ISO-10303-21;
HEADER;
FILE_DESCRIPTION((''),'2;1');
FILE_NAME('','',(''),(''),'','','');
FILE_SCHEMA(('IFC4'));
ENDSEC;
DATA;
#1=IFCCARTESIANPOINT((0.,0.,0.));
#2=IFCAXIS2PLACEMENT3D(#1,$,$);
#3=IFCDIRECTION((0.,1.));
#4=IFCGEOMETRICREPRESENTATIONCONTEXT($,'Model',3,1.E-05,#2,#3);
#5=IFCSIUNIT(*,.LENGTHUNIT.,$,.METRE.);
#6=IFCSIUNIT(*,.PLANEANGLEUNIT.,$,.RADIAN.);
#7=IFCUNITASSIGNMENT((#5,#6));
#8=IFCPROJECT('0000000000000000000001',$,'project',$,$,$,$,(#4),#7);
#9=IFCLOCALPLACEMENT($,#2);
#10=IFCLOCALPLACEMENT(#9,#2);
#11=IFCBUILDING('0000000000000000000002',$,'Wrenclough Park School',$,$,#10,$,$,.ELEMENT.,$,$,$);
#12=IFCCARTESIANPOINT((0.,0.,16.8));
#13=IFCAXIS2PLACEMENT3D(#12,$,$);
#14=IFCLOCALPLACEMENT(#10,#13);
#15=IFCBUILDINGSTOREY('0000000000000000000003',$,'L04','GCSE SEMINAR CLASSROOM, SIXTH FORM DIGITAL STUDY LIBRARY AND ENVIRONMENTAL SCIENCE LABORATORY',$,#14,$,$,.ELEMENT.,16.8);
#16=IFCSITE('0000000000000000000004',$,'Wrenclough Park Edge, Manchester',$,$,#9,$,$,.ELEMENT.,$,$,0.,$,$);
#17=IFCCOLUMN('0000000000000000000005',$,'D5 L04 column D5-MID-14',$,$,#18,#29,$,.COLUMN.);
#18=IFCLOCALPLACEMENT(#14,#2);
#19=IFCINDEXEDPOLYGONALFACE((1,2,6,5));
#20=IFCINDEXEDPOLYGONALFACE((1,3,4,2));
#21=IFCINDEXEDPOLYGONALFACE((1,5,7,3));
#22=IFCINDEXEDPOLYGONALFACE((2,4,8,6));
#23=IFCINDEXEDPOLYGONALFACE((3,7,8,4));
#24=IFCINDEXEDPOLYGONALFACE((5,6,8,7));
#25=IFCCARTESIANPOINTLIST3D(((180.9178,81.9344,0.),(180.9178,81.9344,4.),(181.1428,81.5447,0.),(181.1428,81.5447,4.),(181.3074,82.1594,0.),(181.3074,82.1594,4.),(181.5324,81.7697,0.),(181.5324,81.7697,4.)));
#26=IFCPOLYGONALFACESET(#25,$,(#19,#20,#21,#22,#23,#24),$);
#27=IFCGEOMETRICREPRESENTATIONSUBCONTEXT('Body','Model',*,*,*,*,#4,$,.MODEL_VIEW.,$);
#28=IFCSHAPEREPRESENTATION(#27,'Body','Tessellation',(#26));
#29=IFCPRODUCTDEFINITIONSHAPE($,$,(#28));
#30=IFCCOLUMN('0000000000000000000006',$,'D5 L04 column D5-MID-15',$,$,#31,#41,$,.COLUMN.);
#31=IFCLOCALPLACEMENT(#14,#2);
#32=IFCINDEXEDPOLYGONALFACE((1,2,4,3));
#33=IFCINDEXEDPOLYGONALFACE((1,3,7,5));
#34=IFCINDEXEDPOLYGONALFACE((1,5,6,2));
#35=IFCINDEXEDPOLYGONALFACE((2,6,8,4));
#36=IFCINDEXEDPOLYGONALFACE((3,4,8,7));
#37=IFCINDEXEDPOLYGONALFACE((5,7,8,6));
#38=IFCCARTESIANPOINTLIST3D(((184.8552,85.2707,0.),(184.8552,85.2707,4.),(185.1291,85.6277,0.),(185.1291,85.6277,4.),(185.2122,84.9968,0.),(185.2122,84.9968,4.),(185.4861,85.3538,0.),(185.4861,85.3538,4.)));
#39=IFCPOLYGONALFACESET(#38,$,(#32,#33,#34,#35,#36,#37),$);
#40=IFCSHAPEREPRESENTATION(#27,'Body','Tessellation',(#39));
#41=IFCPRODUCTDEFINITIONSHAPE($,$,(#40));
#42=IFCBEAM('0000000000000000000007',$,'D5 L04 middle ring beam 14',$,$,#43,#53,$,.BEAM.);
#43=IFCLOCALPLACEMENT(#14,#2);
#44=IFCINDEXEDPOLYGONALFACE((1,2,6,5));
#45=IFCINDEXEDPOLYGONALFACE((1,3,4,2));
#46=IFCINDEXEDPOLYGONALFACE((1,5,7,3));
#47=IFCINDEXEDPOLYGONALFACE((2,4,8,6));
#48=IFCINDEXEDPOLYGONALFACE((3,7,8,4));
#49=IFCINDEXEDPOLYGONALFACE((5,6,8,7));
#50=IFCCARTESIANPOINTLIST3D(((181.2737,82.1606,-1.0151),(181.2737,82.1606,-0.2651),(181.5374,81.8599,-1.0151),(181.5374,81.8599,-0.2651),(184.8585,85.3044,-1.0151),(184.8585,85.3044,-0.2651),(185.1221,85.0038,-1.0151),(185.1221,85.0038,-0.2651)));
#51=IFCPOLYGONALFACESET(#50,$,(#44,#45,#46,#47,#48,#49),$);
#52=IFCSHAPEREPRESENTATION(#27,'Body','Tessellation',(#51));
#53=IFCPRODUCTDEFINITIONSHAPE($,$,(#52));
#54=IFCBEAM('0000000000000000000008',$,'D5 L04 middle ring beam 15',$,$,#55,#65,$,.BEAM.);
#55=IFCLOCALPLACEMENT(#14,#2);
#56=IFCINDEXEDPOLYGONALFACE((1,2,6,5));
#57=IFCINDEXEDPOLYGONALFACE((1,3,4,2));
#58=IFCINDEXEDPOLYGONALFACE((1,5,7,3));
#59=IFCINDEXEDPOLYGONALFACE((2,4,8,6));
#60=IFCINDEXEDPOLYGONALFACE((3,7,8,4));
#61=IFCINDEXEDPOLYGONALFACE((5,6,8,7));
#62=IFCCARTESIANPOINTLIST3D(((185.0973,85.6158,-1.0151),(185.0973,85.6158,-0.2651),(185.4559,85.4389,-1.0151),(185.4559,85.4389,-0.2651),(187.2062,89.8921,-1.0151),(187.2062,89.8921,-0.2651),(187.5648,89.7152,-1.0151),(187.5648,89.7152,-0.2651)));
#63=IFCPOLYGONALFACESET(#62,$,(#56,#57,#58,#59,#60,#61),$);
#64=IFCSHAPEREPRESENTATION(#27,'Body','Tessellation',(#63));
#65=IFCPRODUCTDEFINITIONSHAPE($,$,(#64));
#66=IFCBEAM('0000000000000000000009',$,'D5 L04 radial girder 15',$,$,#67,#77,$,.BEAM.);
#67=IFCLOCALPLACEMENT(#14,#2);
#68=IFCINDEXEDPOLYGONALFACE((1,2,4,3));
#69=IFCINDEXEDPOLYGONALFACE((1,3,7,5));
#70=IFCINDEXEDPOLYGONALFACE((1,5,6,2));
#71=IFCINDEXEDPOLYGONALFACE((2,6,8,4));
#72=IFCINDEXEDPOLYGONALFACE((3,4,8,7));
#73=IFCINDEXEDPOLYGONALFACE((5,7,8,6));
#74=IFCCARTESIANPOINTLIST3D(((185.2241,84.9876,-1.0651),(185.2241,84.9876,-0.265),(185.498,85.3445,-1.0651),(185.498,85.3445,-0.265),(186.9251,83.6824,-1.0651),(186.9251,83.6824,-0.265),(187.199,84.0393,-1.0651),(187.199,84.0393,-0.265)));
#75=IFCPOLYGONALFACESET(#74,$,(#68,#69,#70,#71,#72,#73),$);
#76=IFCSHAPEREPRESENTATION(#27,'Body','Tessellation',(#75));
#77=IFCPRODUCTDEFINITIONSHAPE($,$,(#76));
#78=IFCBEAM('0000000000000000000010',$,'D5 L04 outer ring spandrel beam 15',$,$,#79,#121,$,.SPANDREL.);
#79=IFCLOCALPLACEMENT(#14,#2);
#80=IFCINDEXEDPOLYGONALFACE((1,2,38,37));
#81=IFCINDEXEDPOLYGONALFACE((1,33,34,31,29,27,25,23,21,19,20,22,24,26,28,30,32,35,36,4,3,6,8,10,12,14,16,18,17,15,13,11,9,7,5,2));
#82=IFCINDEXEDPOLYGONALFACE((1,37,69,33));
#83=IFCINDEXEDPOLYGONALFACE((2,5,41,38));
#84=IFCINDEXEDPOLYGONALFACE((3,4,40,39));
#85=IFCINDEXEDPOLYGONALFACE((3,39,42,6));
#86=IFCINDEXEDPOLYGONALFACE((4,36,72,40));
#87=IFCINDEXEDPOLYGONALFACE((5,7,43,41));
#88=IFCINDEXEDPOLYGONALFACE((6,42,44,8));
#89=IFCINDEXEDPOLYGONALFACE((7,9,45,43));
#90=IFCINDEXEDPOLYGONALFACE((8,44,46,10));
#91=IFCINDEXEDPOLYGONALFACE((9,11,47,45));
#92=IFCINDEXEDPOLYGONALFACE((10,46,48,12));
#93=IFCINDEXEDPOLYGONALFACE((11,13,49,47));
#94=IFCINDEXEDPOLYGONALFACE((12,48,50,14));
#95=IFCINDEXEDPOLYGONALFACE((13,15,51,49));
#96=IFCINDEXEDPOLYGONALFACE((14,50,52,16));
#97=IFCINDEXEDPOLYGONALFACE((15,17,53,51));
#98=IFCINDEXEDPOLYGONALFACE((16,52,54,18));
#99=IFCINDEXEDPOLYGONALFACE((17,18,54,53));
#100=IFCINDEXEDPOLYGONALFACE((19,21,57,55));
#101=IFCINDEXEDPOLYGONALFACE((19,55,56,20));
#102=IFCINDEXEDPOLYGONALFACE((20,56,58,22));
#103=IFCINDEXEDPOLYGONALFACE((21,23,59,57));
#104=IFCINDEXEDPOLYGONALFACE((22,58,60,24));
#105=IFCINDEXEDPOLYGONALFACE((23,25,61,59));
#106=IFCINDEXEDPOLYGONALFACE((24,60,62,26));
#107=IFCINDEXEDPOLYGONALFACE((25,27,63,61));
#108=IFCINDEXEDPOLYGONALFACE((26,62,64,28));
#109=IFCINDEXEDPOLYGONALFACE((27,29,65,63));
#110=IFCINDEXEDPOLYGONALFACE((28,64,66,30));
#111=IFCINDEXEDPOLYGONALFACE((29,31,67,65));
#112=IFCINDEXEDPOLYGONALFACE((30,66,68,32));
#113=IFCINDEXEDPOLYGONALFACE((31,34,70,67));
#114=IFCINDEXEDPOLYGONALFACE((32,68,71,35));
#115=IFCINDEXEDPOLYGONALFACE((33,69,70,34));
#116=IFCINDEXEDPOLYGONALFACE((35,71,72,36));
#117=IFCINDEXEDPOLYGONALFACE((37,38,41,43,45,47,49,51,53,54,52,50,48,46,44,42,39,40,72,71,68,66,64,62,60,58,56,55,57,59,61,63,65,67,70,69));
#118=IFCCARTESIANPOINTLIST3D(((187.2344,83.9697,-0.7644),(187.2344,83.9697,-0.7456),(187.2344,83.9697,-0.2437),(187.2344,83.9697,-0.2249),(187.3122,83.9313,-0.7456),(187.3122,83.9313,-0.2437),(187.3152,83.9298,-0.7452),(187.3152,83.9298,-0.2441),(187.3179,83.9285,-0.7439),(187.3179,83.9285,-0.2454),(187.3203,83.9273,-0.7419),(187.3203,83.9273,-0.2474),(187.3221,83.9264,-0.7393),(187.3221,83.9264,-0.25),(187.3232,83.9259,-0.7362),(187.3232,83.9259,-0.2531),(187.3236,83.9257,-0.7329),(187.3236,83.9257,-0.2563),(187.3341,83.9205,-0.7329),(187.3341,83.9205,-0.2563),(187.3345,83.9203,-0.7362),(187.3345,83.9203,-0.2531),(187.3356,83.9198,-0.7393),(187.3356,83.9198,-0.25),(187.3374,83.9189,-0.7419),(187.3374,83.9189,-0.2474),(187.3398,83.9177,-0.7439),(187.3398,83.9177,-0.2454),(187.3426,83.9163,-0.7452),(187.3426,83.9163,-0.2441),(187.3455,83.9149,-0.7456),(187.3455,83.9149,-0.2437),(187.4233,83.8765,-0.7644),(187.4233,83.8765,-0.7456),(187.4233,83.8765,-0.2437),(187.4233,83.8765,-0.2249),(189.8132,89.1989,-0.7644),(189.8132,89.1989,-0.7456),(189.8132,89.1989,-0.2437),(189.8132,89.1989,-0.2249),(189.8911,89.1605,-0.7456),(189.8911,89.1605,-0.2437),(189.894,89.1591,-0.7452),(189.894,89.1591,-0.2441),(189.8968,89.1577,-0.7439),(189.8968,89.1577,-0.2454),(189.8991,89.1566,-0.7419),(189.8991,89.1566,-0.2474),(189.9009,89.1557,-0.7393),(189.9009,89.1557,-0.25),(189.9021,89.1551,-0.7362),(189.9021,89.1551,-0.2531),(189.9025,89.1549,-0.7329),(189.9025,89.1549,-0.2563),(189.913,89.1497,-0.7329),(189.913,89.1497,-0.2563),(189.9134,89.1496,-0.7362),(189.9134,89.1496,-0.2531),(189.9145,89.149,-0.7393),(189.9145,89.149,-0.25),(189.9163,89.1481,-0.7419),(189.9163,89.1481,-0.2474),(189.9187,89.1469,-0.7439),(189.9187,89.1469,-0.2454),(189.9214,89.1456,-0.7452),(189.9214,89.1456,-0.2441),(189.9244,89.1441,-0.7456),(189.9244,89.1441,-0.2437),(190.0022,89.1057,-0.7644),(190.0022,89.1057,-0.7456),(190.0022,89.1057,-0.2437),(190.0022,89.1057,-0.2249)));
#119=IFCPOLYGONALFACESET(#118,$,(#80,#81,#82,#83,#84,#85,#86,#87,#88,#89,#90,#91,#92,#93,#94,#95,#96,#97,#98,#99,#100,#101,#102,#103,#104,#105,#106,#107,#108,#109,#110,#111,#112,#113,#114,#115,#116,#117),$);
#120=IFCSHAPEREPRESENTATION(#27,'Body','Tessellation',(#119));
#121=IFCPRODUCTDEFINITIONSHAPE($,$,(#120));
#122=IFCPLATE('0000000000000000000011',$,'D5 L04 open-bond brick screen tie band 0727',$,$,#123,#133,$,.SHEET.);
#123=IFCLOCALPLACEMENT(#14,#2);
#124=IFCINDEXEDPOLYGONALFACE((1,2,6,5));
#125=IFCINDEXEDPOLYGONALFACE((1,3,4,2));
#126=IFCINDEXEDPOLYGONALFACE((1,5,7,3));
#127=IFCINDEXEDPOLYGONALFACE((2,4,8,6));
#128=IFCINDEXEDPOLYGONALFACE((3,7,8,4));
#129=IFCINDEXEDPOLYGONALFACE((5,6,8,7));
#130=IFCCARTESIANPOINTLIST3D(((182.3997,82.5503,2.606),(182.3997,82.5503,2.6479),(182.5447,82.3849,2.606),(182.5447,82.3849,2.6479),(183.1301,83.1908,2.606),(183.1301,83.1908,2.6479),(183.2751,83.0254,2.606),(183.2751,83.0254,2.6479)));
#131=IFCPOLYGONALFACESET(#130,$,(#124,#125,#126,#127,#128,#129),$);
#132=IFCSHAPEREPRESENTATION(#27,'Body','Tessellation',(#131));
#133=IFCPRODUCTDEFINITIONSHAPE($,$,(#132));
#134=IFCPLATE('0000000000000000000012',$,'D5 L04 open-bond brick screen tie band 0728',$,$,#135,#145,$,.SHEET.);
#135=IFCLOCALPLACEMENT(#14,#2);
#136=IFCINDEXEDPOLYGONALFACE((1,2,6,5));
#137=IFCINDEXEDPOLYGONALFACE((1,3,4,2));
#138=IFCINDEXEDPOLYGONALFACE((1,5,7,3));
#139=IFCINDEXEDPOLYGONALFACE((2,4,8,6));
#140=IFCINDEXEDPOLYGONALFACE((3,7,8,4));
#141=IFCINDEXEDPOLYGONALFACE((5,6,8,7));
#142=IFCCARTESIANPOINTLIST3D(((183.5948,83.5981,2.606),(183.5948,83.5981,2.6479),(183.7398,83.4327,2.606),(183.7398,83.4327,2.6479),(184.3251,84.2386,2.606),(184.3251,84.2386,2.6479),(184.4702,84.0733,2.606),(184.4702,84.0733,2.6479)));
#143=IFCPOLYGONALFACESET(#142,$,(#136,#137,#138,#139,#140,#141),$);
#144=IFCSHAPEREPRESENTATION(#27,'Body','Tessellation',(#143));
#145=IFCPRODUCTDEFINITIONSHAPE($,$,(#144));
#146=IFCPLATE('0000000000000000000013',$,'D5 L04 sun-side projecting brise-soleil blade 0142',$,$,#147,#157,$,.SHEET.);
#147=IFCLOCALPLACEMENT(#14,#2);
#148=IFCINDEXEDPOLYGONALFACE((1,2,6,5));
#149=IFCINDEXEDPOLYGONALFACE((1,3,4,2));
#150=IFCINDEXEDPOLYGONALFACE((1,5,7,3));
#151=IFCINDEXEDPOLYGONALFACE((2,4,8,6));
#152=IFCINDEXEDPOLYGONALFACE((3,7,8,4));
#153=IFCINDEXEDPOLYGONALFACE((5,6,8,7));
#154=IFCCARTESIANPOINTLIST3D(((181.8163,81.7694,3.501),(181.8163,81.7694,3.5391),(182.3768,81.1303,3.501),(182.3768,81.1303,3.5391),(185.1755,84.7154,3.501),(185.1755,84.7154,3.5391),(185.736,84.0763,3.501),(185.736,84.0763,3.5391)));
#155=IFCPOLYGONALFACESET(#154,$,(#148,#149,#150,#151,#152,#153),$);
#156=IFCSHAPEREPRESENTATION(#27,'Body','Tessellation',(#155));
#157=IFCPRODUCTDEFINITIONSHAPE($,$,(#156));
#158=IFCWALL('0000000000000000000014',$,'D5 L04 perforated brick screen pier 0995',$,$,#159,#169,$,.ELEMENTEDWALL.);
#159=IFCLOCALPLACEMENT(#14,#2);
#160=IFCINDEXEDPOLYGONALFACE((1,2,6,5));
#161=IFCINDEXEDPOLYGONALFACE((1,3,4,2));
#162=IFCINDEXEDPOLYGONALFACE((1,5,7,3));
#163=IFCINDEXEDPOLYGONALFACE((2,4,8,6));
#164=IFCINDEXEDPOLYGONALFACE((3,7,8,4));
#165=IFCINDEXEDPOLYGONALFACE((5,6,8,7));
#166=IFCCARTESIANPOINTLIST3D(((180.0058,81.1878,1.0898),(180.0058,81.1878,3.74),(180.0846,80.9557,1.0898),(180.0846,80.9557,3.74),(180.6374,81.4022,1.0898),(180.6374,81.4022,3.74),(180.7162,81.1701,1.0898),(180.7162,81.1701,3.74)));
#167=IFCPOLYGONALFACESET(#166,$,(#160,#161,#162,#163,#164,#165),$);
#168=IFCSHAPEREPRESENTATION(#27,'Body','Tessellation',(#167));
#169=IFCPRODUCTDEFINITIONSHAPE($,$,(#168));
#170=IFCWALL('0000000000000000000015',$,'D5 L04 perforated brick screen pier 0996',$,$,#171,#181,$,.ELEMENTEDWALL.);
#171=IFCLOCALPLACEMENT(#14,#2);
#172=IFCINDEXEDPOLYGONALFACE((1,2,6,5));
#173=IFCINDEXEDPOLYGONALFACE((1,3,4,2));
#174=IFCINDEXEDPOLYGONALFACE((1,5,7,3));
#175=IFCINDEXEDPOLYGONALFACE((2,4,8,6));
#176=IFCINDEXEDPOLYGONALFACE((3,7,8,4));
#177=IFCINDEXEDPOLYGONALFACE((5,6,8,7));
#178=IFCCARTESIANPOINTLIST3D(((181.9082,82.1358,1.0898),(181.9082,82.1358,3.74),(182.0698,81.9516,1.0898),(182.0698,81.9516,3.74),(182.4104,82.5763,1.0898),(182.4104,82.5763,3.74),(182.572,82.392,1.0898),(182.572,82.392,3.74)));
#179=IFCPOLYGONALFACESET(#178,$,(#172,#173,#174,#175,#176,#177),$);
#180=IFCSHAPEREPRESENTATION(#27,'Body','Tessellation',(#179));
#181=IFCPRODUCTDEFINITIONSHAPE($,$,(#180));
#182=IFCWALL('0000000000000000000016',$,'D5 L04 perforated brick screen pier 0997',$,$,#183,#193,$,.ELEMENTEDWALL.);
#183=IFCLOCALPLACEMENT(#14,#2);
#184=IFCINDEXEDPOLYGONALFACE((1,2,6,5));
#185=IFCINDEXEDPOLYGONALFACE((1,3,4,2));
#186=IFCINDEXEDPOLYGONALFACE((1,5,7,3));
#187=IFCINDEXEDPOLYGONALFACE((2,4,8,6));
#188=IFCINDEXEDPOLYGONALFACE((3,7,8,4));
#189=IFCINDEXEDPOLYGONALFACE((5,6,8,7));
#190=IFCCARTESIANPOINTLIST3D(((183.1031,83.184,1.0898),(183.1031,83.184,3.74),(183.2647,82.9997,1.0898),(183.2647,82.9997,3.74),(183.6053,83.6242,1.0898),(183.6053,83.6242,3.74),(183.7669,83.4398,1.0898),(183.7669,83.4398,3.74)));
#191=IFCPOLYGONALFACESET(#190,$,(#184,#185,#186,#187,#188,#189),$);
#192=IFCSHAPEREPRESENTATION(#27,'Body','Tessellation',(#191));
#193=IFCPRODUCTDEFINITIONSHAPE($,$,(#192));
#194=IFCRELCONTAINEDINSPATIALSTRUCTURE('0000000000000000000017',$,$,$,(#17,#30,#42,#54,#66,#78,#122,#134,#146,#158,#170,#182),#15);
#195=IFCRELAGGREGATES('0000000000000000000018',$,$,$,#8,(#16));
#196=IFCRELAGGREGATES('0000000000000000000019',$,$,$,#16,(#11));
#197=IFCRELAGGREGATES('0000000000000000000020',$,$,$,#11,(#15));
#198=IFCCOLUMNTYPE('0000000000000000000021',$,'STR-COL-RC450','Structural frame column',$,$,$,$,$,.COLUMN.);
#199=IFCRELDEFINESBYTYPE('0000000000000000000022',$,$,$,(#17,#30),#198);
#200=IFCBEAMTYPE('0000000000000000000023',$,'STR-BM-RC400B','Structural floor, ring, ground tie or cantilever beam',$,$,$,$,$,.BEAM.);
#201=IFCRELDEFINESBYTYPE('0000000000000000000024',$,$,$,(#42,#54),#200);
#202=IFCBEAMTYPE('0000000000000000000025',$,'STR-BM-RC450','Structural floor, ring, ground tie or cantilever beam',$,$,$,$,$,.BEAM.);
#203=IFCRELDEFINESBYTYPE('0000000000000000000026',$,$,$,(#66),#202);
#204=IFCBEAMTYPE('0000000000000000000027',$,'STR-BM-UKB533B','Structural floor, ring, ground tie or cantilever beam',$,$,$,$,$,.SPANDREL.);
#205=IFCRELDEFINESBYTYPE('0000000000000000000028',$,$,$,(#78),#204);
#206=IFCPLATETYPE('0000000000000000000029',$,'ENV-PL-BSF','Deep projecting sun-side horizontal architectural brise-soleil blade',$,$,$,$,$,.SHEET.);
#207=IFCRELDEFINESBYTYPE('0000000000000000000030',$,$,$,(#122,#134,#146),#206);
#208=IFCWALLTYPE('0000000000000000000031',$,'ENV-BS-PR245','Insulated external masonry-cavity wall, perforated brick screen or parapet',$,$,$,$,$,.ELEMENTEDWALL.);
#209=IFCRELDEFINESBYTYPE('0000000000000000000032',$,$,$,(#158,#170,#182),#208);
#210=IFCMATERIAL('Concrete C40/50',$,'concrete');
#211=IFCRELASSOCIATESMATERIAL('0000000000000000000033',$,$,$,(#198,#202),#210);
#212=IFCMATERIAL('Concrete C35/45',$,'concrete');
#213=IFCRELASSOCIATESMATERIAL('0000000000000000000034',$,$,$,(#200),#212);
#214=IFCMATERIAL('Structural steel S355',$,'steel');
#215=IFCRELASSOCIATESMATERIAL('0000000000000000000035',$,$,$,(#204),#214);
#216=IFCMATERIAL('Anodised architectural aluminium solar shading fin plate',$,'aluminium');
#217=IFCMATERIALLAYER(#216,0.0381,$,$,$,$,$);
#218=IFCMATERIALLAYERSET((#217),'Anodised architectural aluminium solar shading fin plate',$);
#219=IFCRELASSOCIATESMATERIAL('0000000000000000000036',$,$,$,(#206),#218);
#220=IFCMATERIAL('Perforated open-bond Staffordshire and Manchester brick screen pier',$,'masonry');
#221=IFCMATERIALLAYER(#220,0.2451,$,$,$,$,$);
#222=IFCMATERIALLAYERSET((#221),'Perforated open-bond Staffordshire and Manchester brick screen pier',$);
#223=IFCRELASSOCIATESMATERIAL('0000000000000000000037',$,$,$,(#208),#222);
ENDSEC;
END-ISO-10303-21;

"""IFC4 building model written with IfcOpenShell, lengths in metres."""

from ifc_helpers import new_model, si_unit, direction, frame, frame_2d, origin, origin_2d, place, context, subcontext, project, spatial, rectangle, i_section, extrude, material, layer, layer_set, material_profile, profile_set, type_object, element, save


model = new_model("IFC4")

# Units and contexts
model_context = context("Model", 3, precision=1e-05, world=origin(), true_north=direction((0.0, 1.0)))
body_context = subcontext(model_context, "Body", "Model", "MODEL_VIEW")
ifc_project = project(units=[si_unit("LENGTHUNIT", "METRE"), si_unit("PLANEANGLEUNIT", "RADIAN")], contexts=[model_context])

# Site, building, storey
site_placement = place(None, origin())
site = spatial("IfcSite", under=ifc_project, at=site_placement, Name="Wrenclough Park Edge, Manchester", CompositionType="ELEMENT", RefElevation=0.0)
building_placement = place(site_placement, origin())
building = spatial("IfcBuilding", under=site, at=building_placement, Name="Wrenclough Park School", CompositionType="ELEMENT")
storey_placement = place(building_placement, frame((0.0, 0.0, 16.8)))
storey = spatial("IfcBuildingStorey", under=building, at=storey_placement, Name="L04", Description="GCSE SEMINAR CLASSROOM, SIXTH FORM DIGITAL STUDY LIBRARY AND ENVIRONMENTAL SCIENCE LABORATORY", CompositionType="ELEMENT", Elevation=16.8)

# Columns
ifc_material_1 = material(Name="Concrete C40/50", Category="concrete")
ifc_material_profile_1 = material_profile(ifc_material_1, rectangle(XDim=0.45, YDim=0.45, at=origin_2d()), Name="RC COL 450x450")
ifc_profile_set_1 = profile_set([ifc_material_profile_1], Name="Concrete C40/50")
column_type = type_object("IfcColumnType", Name="STR-COL-RC450", Description="Structural frame column", PredefinedType="COLUMN", material=ifc_profile_set_1)
for number, where, z_axis, x_axis, name in (
    (1, (181.2251, 81.8521, 0.0), (0.0, 0.0, 1.0), (0.866025, 0.5, 0.0), "D5 L04 column D5-MID-14"),
    (2, (185.1707, 85.3123, 0.0), (0.0, 0.0, 1.0), (0.608761, 0.793353, 0.0), "D5 L04 column D5-MID-15"),
):
    element("IfcColumn", number, at=place(storey_placement, frame(where, z_axis=z_axis, x_axis=x_axis)), inside=storey, type_object=column_type, Name=name, PredefinedType="COLUMN", context=body_context, shape_type="SweptSolid", body=[
        extrude(rectangle(XDim=0.45, YDim=0.45, at=origin_2d()), origin(), (0.0, 0.0, 1.0), 4.0),
    ])

# Beams
ifc_material_2 = material(Name="Concrete C35/45", Category="concrete")
ifc_material_profile_2 = material_profile(ifc_material_2, rectangle(XDim=0.3999, YDim=0.75, at=origin_2d()), Name="RC BEAM 400x750")
ifc_profile_set_2 = profile_set([ifc_material_profile_2], Name="Concrete C35/45")
beam_type_1 = type_object("IfcBeamType", Name="STR-BM-RC400B", Description="Structural floor, ring, ground tie or cantilever beam", PredefinedType="BEAM", material=ifc_profile_set_2)
for number, where, z_axis, x_axis, name in (
    (3, (181.4055, 82.0103, -0.6401), (0.751831, 0.659356, 0.0), (-0.659356, 0.751831, 0.0), "D5 L04 middle ring beam 14"),
    (4, (185.2766, 85.5273, -0.6401), (0.442291, 0.896871, 0.0), (-0.896871, 0.442291, 0.0), "D5 L04 middle ring beam 15"),
):
    element("IfcBeam", number, at=place(storey_placement, frame(where, z_axis=z_axis, x_axis=x_axis)), inside=storey, type_object=beam_type_1, Name=name, PredefinedType="BEAM", context=body_context, shape_type="SweptSolid", body=[
        extrude(rectangle(XDim=0.3999, YDim=0.75, at=origin_2d()), origin(), (0.0, 0.0, 1.0), 4.7681),
    ])
ifc_material_profile_3 = material_profile(ifc_material_1, rectangle(XDim=0.45, YDim=0.8, at=origin_2d()), Name="RC BEAM 450x800")
ifc_profile_set_3 = profile_set([ifc_material_profile_3], Name="Concrete C40/50")
beam_type_2 = type_object("IfcBeamType", Name="STR-BM-RC450", Description="Structural floor, ring, ground tie or cantilever beam", PredefinedType="BEAM", material=ifc_profile_set_3)
beam_1_placement = place(storey_placement, frame((187.062, 83.8608, -0.665), z_axis=(-0.793352, 0.608764, 0.0), x_axis=(-0.608764, -0.793352, 0.0)))
element("IfcBeam", 5, at=beam_1_placement, inside=storey, type_object=beam_type_2, Name="D5 L04 radial girder 15", PredefinedType="BEAM", context=body_context, shape_type="SweptSolid", body=[
    extrude(rectangle(XDim=0.45, YDim=0.8, at=origin_2d()), origin(), (0.0, 0.0, 1.0), 2.144),
])
ifc_material_3 = material(Name="Structural steel S355", Category="steel")
ifc_material_profile_4 = material_profile(ifc_material_3, i_section(OverallWidth=0.2107, OverallDepth=0.5396, WebThickness=0.0117, FlangeThickness=0.0188, FilletRadius=0.0127, at=origin_2d()), Name="UKB 533x210x109")
ifc_profile_set_4 = profile_set([ifc_material_profile_4], Name="Structural steel S355")
beam_type_3 = type_object("IfcBeamType", Name="STR-BM-UKB533B", Description="Structural floor, ring, ground tie or cantilever beam", PredefinedType="SPANDREL", material=ifc_profile_set_4)
beam_2_placement = place(storey_placement, frame((187.3289, 83.9231, -0.4946), z_axis=(0.442299, 0.896867, 0.0), x_axis=(-0.896867, 0.442299, 0.0)))
element("IfcBeam", 6, at=beam_2_placement, inside=storey, type_object=beam_type_3, Name="D5 L04 outer ring spandrel beam 15", PredefinedType="SPANDREL", context=body_context, shape_type="SweptSolid", body=[
    extrude(i_section(OverallWidth=0.2107, OverallDepth=0.5396, WebThickness=0.0117, FlangeThickness=0.0188, FilletRadius=0.0127, at=origin_2d()), origin(), (0.0, 0.0, 1.0), 5.8306),
])

# Plates
ifc_material_4 = material(Name="Anodised architectural aluminium solar shading fin plate", Category="aluminium")
ifc_layer_1 = layer(ifc_material_4, 0.0381)
ifc_layer_set_1 = layer_set([ifc_layer_1], Name="Anodised architectural aluminium solar shading fin plate")
plate_type = type_object("IfcPlateType", Name="ENV-PL-BSF", Description="Deep projecting sun-side horizontal architectural brise-soleil blade", PredefinedType="SHEET", material=ifc_layer_set_1)
for number, where, z_axis, x_axis, name in (
    (7, (182.8374, 82.7878, 2.606), (0.0, 0.0, 1.0), (0.751838, 0.659348, 0.0), "D5 L04 open-bond brick screen tie band 0727"),
    (8, (184.0325, 83.8357, 2.606), (0.0, 0.0, 1.0), (0.751838, 0.659348, 0.0), "D5 L04 open-bond brick screen tie band 0728"),
):
    element("IfcPlate", number, at=place(storey_placement, frame(where, z_axis=z_axis, x_axis=x_axis)), inside=storey, type_object=plate_type, Name=name, PredefinedType="SHEET", context=body_context, shape_type="SweptSolid", body=[
        extrude(rectangle(XDim=0.9714, YDim=0.22, at=origin_2d()), origin(), (0.0, 0.0, 1.0), 0.042),
    ])
plate_placement = place(storey_placement, frame((183.7761, 82.9229, 3.501), z_axis=(0.0, 0.0, 1.0), x_axis=(0.751838, 0.659348, 0.0)))
element("IfcPlate", 9, at=plate_placement, inside=storey, type_object=plate_type, Name="D5 L04 sun-side projecting brise-soleil blade 0142", PredefinedType="SHEET", context=body_context, shape_type="SweptSolid", body=[
    extrude(rectangle(XDim=4.468, YDim=0.8501, at=origin_2d()), origin(), (0.0, 0.0, 1.0), 0.0381),
])

# Walls
ifc_material_5 = material(Name="Perforated open-bond Staffordshire and Manchester brick screen pier", Category="masonry")
ifc_layer_2 = layer(ifc_material_5, 0.2451)
ifc_layer_set_2 = layer_set([ifc_layer_2], Name="Perforated open-bond Staffordshire and Manchester brick screen pier")
wall_type_1 = type_object("IfcWallType", Name="ENV-BS-PR245", Description="Insulated external masonry-cavity wall, perforated brick screen or parapet", PredefinedType="ELEMENTEDWALL", material=ifc_layer_set_2)
wall_1_placement = place(storey_placement, frame((180.0452, 81.0718, 1.0898), z_axis=(0.0, 0.0, 1.0), x_axis=(0.946949, 0.321384, 0.0)))
element("IfcWall", 10, at=wall_1_placement, inside=storey, type_object=wall_type_1, Name="D5 L04 perforated brick screen pier 0995", PredefinedType="ELEMENTEDWALL", context=body_context, shape_type="SweptSolid", body=[
    extrude(rectangle(XDim=0.667, YDim=0.2451, at=frame_2d((0.3335, 0.0))), origin(), (0.0, 0.0, 1.0), 2.6501),
])
wall_2_placement = place(storey_placement, frame((181.989, 82.0437, 1.0898), z_axis=(0.0, 0.0, 1.0), x_axis=(0.751829, 0.659358, 0.0)))
element("IfcWall", 11, at=wall_2_placement, inside=storey, type_object=wall_type_1, Name="D5 L04 perforated brick screen pier 0996", PredefinedType="ELEMENTEDWALL", context=body_context, shape_type="SweptSolid", body=[
    extrude(rectangle(XDim=0.668, YDim=0.2451, at=frame_2d((0.334, 0.0))), origin(), (0.0, 0.0, 1.0), 2.6501),
])
wall_3_placement = place(storey_placement, frame((183.1838, 83.0918, 1.0898), z_axis=(0.0, 0.0, 1.0), x_axis=(0.75201, 0.659151, 0.0)))
element("IfcWall", 12, at=wall_3_placement, inside=storey, type_object=wall_type_1, Name="D5 L04 perforated brick screen pier 0997", PredefinedType="ELEMENTEDWALL", context=body_context, shape_type="SweptSolid", body=[
    extrude(rectangle(XDim=0.6677, YDim=0.2451, at=frame_2d((0.334, 0.0))), origin(), (0.0, 0.0, 1.0), 2.6501),
])

save(model, "model.ifc")
